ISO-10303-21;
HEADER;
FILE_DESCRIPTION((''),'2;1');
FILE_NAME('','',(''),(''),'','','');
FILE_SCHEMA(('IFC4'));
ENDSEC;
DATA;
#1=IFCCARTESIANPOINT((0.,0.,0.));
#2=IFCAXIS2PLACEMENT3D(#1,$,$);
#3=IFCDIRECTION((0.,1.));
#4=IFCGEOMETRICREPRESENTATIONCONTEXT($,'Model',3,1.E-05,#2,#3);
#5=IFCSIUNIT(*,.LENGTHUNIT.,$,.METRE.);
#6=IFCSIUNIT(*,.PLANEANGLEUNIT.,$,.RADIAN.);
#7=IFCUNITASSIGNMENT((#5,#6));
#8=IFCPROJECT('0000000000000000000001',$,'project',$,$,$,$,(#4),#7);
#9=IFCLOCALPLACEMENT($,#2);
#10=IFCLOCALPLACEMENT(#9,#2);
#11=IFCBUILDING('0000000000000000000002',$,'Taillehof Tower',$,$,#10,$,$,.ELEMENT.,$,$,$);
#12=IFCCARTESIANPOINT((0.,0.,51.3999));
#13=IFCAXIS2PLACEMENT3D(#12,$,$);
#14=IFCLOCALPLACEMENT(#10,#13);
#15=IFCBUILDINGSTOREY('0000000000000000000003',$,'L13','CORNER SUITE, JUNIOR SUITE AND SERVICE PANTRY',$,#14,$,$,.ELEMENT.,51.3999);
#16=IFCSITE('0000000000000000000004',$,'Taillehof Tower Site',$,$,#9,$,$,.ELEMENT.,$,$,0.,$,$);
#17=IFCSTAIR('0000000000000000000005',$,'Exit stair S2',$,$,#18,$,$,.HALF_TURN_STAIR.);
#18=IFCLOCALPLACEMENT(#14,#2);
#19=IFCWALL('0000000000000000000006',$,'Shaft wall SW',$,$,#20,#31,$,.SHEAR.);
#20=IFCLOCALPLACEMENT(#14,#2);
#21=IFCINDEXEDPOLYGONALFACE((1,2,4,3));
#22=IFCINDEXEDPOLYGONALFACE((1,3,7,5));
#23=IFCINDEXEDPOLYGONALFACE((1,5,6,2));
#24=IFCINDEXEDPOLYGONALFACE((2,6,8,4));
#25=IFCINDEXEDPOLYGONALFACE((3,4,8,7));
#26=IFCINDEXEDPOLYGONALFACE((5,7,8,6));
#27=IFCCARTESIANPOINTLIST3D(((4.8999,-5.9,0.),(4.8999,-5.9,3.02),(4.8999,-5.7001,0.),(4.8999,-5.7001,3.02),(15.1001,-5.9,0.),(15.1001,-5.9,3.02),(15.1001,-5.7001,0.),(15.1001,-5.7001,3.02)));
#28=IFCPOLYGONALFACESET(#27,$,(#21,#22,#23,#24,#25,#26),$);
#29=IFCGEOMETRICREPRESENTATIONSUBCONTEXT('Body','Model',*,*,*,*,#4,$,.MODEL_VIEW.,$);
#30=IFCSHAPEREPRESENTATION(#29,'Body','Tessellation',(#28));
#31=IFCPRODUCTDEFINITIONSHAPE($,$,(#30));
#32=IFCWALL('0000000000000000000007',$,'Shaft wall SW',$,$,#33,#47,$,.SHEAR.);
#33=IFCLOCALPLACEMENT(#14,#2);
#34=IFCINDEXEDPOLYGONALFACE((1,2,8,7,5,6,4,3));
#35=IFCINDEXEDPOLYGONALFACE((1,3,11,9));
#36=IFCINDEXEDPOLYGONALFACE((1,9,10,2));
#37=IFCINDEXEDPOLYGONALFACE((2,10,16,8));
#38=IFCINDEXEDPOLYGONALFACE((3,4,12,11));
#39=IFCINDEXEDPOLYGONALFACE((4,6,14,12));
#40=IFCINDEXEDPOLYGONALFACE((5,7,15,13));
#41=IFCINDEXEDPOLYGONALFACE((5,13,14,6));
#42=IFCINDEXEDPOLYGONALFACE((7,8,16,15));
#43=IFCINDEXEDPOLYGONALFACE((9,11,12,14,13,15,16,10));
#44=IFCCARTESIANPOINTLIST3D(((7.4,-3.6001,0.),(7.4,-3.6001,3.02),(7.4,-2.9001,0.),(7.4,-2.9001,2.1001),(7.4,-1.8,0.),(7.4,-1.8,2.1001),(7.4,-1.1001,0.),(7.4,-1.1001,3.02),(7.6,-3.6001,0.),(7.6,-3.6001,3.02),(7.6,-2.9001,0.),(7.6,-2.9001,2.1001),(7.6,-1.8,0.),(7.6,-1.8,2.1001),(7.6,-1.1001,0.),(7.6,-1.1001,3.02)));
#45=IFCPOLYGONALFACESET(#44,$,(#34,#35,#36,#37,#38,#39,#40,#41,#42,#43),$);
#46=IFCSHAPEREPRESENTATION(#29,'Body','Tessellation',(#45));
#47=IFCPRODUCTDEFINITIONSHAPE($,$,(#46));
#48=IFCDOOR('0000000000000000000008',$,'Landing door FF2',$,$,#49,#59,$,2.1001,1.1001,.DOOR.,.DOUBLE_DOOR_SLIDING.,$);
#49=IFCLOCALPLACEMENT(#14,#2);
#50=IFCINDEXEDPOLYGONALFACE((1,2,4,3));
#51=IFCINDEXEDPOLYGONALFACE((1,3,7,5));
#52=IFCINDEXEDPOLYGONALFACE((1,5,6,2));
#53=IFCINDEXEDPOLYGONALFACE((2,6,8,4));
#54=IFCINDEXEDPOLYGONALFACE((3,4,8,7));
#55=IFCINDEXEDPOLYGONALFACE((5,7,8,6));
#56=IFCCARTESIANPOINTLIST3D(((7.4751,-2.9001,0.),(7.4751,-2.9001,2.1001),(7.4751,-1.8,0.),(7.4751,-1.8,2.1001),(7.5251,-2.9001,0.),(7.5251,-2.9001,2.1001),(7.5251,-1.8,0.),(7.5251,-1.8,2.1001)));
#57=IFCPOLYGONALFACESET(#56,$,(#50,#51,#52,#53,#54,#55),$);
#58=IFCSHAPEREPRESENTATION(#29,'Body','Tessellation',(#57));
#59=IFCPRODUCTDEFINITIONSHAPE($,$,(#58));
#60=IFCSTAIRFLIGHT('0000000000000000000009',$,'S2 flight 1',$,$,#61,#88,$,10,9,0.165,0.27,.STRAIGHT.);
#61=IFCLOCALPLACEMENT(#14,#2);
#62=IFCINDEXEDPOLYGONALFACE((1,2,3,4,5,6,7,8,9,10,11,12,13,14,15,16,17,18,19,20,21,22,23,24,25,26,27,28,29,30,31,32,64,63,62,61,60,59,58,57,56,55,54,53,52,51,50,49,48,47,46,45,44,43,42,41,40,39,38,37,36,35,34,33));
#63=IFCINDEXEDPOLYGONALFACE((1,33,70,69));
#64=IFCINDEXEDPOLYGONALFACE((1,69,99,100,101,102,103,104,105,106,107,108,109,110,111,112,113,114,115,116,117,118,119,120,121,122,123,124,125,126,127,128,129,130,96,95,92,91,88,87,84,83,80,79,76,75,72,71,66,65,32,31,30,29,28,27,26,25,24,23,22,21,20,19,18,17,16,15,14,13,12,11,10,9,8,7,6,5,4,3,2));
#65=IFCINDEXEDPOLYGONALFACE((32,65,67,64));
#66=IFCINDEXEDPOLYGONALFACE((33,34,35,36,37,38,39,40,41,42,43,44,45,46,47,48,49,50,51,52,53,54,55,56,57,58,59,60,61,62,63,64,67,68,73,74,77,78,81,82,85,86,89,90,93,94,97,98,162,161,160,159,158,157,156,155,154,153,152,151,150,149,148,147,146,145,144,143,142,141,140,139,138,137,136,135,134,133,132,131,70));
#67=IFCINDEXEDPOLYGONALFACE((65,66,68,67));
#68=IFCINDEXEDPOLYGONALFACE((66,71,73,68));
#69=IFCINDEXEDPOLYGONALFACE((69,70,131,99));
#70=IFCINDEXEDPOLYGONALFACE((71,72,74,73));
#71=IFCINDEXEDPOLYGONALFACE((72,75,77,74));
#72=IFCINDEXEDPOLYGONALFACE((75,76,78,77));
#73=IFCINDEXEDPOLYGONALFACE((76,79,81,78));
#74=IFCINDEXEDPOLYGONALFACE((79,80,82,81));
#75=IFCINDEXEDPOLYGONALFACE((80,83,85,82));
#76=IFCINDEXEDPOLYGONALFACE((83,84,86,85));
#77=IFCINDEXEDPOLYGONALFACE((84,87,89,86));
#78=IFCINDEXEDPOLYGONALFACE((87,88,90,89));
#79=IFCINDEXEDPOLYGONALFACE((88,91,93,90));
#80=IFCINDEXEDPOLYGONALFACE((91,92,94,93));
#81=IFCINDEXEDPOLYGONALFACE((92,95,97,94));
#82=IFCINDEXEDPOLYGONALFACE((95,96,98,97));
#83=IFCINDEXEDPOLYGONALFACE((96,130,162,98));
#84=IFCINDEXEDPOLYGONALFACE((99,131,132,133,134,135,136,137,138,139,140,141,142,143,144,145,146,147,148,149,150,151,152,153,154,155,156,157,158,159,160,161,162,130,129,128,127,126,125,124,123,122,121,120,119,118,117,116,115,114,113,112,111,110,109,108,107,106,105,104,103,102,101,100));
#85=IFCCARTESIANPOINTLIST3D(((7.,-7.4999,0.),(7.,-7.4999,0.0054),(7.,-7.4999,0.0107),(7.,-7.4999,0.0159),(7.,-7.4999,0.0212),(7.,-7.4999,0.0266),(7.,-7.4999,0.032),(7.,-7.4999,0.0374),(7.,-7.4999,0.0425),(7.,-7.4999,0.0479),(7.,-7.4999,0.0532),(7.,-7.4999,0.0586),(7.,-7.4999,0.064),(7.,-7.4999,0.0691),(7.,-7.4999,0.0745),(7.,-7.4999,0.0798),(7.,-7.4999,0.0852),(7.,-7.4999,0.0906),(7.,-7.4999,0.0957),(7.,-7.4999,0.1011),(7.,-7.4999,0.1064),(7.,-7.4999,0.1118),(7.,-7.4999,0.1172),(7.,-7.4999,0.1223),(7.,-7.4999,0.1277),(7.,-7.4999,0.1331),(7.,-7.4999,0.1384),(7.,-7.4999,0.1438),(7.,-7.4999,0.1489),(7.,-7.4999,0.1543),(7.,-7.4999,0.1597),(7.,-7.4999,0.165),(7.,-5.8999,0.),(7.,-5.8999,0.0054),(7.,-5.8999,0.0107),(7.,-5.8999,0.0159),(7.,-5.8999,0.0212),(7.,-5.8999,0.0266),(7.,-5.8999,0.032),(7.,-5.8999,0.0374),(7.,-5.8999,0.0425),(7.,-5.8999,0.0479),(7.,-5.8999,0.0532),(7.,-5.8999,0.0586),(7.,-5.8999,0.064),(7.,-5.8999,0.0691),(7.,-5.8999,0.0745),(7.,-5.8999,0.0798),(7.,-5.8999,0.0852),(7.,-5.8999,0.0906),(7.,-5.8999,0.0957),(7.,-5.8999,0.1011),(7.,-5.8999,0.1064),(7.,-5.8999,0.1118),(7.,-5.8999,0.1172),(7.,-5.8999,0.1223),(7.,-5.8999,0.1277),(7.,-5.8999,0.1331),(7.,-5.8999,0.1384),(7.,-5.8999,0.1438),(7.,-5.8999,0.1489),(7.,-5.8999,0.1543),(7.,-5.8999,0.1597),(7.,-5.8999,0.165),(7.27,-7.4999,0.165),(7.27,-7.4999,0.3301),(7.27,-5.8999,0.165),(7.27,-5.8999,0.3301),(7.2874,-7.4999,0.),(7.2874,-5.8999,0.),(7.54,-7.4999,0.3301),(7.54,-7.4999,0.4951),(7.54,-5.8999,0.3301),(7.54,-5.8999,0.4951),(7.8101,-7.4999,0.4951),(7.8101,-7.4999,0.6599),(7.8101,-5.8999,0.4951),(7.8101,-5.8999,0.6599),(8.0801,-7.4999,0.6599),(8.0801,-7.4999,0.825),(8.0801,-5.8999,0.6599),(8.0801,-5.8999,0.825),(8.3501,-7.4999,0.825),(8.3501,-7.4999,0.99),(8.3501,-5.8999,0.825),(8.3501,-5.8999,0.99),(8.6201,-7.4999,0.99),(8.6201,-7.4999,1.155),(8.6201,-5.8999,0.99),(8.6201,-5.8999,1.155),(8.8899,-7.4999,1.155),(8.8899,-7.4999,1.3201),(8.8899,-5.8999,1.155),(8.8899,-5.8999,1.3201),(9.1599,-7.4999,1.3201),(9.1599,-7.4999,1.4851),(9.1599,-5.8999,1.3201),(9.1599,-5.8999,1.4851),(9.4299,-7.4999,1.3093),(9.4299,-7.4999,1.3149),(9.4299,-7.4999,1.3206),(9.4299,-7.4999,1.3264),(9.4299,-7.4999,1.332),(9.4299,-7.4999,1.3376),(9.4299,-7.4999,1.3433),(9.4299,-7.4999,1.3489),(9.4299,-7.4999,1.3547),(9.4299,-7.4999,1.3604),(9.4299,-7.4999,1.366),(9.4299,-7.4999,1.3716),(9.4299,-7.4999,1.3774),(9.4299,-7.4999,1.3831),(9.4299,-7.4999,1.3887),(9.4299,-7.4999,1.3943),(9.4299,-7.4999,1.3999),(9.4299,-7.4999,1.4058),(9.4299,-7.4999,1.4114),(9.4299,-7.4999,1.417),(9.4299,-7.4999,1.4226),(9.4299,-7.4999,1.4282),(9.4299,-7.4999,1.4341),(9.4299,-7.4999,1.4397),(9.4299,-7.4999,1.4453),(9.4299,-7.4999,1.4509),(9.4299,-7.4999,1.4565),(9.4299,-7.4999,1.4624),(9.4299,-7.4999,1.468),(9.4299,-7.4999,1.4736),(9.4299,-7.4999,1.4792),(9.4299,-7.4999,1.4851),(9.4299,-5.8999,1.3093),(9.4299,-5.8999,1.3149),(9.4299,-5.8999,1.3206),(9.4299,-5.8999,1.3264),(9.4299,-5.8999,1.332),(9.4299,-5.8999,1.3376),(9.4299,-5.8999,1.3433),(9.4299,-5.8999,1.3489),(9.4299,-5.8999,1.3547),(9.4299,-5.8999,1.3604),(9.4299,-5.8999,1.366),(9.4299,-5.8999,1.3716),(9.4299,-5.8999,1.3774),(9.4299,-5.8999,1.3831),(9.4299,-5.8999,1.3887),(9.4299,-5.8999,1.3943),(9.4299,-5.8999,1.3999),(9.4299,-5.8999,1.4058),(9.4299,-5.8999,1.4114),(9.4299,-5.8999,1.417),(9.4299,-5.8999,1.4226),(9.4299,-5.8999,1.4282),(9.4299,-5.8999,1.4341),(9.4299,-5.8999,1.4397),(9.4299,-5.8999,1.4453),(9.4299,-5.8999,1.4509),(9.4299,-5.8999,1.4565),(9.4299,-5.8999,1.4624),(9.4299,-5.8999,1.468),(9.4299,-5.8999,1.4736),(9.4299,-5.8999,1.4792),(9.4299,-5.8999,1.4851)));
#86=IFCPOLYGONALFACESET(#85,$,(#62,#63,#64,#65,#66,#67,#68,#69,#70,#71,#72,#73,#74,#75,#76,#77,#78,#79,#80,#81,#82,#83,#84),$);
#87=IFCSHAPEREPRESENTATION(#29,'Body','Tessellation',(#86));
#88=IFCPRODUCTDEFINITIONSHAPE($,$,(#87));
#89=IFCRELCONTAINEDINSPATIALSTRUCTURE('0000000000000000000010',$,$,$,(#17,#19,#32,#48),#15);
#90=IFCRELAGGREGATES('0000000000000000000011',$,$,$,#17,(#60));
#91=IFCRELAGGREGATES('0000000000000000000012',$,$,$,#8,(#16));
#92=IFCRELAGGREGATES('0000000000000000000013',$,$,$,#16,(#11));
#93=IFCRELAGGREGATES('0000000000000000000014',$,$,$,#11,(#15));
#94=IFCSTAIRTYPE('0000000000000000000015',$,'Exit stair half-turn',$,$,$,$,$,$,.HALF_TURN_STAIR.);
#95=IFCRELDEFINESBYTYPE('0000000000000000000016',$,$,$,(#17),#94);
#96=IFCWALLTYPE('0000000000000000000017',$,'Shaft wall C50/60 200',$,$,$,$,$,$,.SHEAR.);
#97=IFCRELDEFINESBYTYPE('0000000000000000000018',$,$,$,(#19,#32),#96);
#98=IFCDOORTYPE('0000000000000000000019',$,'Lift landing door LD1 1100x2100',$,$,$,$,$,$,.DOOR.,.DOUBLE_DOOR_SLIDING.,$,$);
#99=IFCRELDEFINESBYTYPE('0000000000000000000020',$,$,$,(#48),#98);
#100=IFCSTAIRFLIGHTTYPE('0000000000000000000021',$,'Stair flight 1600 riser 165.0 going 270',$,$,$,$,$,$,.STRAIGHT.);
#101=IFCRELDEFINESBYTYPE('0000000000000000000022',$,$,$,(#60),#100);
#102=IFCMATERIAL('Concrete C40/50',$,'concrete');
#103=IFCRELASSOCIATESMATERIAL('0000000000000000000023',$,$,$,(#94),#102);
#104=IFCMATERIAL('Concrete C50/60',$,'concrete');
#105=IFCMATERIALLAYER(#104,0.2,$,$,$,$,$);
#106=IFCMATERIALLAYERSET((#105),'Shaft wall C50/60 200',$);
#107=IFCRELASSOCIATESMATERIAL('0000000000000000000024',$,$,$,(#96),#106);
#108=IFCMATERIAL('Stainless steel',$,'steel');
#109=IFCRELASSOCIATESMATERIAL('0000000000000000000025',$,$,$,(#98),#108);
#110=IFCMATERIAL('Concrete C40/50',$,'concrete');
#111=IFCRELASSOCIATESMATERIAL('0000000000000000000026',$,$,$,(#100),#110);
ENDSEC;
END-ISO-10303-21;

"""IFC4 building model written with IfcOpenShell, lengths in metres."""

from ifc_helpers import new_model, si_unit, direction, frame, frame_2d, origin, place, context, subcontext, project, spatial, polyline, rectangle, outline, extrude, material, layer, layer_set, type_object, element, fill, aggregate, save


model = new_model("IFC4")

# Units and contexts
model_context = context("Model", 3, precision=1e-05, world=origin(), true_north=direction((0.0, 1.0)))
body_context = subcontext(model_context, "Body", "Model", "MODEL_VIEW")
ifc_project = project(units=[si_unit("LENGTHUNIT", "METRE"), si_unit("PLANEANGLEUNIT", "RADIAN")], contexts=[model_context])

# Site, building, storey
site_placement = place(None, origin())
site = spatial("IfcSite", under=ifc_project, at=site_placement, Name="Taillehof Tower Site", CompositionType="ELEMENT", RefElevation=0.0)
building_placement = place(site_placement, origin())
building = spatial("IfcBuilding", under=site, at=building_placement, Name="Taillehof Tower", CompositionType="ELEMENT")
storey_placement = place(building_placement, frame((0.0, 0.0, 51.3999)))
storey = spatial("IfcBuildingStorey", under=building, at=storey_placement, Name="L13", Description="CORNER SUITE, JUNIOR SUITE AND SERVICE PANTRY", CompositionType="ELEMENT", Elevation=51.3999)

# Stair
ifc_material_1 = material(Name="Concrete C40/50", Category="concrete")
stair_type = type_object("IfcStairType", Name="Exit stair half-turn", PredefinedType="HALF_TURN_STAIR", material=ifc_material_1)
stair_1_placement = place(storey_placement, origin())
stair_1 = element("IfcStair", 1, at=stair_1_placement, inside=storey, type_object=stair_type, Name="Exit stair S2", PredefinedType="HALF_TURN_STAIR")

# Shared definitions
ifc_material_2 = material(Name="Concrete C50/60", Category="concrete")
ifc_layer_1 = layer(ifc_material_2, 0.2)
ifc_layer_set_1 = layer_set([ifc_layer_1], Name="Shaft wall C50/60 200")
wall_type_1 = type_object("IfcWallType", Name="Shaft wall C50/60 200", PredefinedType="SHEAR", material=ifc_layer_set_1)

# Shared definitions
ifc_material_3 = material(Name="Stainless steel", Category="steel")
door_type_1 = type_object("IfcDoorType", Name="Lift landing door LD1 1100x2100", OperationType="DOUBLE_DOOR_SLIDING", PredefinedType="DOOR", material=ifc_material_3)

# Wall
wall_1_placement = place(storey_placement, frame((4.8999, -5.8, 0.0), z_axis=(0.0, 0.0, 1.0), x_axis=(1.0, 0.0, 0.0)))
element("IfcWall", 2, at=wall_1_placement, inside=storey, type_object=wall_type_1, Name="Shaft wall SW", PredefinedType="SHEAR", context=body_context, shape_type="SweptSolid", body=[
    extrude(rectangle(XDim=10.2002, YDim=0.2, at=frame_2d((5.1001, 0.0))), origin(), (0.0, 0.0, 1.0), 3.02),
])

# Wall, opening, door
wall_2_placement = place(storey_placement, frame((7.5, -3.6001, 0.0), z_axis=(0.0, 0.0, 1.0), x_axis=(0.0, 1.0, 0.0)))
wall_2 = element("IfcWall", 3, at=wall_2_placement, inside=storey, type_object=wall_type_1, Name="Shaft wall SW", PredefinedType="SHEAR", context=body_context, shape_type="SweptSolid", body=[
    extrude(rectangle(XDim=2.5, YDim=0.2, at=frame_2d((1.25, 0.0))), origin(), (0.0, 0.0, 1.0), 3.02),
])
opening_1_placement = place(wall_2_placement, frame((0.7, 0.0, 0.0)))
opening_1 = element("IfcOpeningElement", 4, at=opening_1_placement, cuts=wall_2, PredefinedType="OPENING", context=body_context, shape_type="SweptSolid", body=[
    extrude(rectangle(XDim=1.1001, YDim=2.1001, at=frame_2d((0.55, 1.05))), frame((0.0, 0.1099, 0.0), z_axis=(0.0, -1.0, 0.0), x_axis=(1.0, 0.0, 0.0)), (0.0, 0.0, 1.0), 0.22),
])
door_1_placement = place(opening_1_placement, origin())
door_1 = element("IfcDoor", 5, at=door_1_placement, inside=storey, type_object=door_type_1, Name="Landing door FF2", OperationType="DOUBLE_DOOR_SLIDING", OverallHeight=2.1001, OverallWidth=1.1001, PredefinedType="DOOR", context=body_context, shape_type="SweptSolid", body=[
    extrude(rectangle(XDim=1.1001, YDim=2.1001, at=frame_2d((0.55, 1.05))), frame((0.0, 0.0249, 0.0), z_axis=(0.0, -1.0, 0.0), x_axis=(1.0, 0.0, 0.0)), (0.0, 0.0, 1.0), 0.05),
])
fill(opening_1, door_1)

# Stair flight
ifc_material_4 = material(Name="Concrete C40/50", Category="concrete")
stair_flight_type = type_object("IfcStairFlightType", Name="Stair flight 1600 riser 165.0 going 270", PredefinedType="STRAIGHT", material=ifc_material_4)
stair_flight_1_placement = place(storey_placement, frame((7.0, -6.7, 0.0), z_axis=(0.0, 0.0, 1.0), x_axis=(1.0, 0.0, 0.0)))
stair_flight_1 = element("IfcStairFlight", 6, at=stair_flight_1_placement, type_object=stair_flight_type, Name="S2 flight 1", NumberOfRisers=10, NumberOfTreads=9, PredefinedType="STRAIGHT", RiserHeight=0.165, TreadLength=0.27, context=body_context, shape_type="SweptSolid", body=[
    extrude(outline(polyline([(0.0, 0.0), (0.0, 0.0054), (0.0, 0.0107), (0.0, 0.0159), (0.0, 0.0212), (0.0, 0.0266), (0.0, 0.032), (0.0, 0.0374), (0.0, 0.0425), (0.0, 0.0479), (0.0, 0.0532), (0.0, 0.0586), (0.0, 0.064), (0.0, 0.0691), (0.0, 0.0745), (0.0, 0.0798), (0.0, 0.0852), (0.0, 0.0906), (0.0, 0.0957), (0.0, 0.1011), (0.0, 0.1064), (0.0, 0.1118), (0.0, 0.1172), (0.0, 0.1223), (0.0, 0.1277), (0.0, 0.1331), (0.0, 0.1384), (0.0, 0.1438), (0.0, 0.1489), (0.0, 0.1543), (0.0, 0.1597), (0.0, 0.165), (0.27, 0.165), (0.27, 0.3301), (0.54, 0.3301), (0.54, 0.4951), (0.8101, 0.4951), (0.8101, 0.6599), (1.0801, 0.6599), (1.0801, 0.825), (1.3501, 0.825), (1.3501, 0.99), (1.6201, 0.99), (1.6201, 1.155), (1.8899, 1.155), (1.8899, 1.3201), (2.1599, 1.3201), (2.1599, 1.4851), (2.4299, 1.4851), (2.4299, 1.4792), (2.4299, 1.4736), (2.4299, 1.468), (2.4299, 1.4624), (2.4299, 1.4565), (2.4299, 1.4509), (2.4299, 1.4453), (2.4299, 1.4397), (2.4299, 1.4341), (2.4299, 1.4282), (2.4299, 1.4226), (2.4299, 1.417), (2.4299, 1.4114), (2.4299, 1.4058), (2.4299, 1.3999), (2.4299, 1.3943), (2.4299, 1.3887), (2.4299, 1.3831), (2.4299, 1.3774), (2.4299, 1.3716), (2.4299, 1.366), (2.4299, 1.3604), (2.4299, 1.3547), (2.4299, 1.3489), (2.4299, 1.3433), (2.4299, 1.3376), (2.4299, 1.332), (2.4299, 1.3264), (2.4299, 1.3206), (2.4299, 1.3149), (2.4299, 1.3093), (0.2874, 0.0), (0.0, 0.0)])), frame((0.0, 0.8, 0.0), z_axis=(0.0, -1.0, 0.0), x_axis=(1.0, 0.0, 0.0)), (0.0, 0.0, 1.0), 1.6),
])
aggregate(stair_1, [stair_flight_1])

save(model, "model.ifc")
